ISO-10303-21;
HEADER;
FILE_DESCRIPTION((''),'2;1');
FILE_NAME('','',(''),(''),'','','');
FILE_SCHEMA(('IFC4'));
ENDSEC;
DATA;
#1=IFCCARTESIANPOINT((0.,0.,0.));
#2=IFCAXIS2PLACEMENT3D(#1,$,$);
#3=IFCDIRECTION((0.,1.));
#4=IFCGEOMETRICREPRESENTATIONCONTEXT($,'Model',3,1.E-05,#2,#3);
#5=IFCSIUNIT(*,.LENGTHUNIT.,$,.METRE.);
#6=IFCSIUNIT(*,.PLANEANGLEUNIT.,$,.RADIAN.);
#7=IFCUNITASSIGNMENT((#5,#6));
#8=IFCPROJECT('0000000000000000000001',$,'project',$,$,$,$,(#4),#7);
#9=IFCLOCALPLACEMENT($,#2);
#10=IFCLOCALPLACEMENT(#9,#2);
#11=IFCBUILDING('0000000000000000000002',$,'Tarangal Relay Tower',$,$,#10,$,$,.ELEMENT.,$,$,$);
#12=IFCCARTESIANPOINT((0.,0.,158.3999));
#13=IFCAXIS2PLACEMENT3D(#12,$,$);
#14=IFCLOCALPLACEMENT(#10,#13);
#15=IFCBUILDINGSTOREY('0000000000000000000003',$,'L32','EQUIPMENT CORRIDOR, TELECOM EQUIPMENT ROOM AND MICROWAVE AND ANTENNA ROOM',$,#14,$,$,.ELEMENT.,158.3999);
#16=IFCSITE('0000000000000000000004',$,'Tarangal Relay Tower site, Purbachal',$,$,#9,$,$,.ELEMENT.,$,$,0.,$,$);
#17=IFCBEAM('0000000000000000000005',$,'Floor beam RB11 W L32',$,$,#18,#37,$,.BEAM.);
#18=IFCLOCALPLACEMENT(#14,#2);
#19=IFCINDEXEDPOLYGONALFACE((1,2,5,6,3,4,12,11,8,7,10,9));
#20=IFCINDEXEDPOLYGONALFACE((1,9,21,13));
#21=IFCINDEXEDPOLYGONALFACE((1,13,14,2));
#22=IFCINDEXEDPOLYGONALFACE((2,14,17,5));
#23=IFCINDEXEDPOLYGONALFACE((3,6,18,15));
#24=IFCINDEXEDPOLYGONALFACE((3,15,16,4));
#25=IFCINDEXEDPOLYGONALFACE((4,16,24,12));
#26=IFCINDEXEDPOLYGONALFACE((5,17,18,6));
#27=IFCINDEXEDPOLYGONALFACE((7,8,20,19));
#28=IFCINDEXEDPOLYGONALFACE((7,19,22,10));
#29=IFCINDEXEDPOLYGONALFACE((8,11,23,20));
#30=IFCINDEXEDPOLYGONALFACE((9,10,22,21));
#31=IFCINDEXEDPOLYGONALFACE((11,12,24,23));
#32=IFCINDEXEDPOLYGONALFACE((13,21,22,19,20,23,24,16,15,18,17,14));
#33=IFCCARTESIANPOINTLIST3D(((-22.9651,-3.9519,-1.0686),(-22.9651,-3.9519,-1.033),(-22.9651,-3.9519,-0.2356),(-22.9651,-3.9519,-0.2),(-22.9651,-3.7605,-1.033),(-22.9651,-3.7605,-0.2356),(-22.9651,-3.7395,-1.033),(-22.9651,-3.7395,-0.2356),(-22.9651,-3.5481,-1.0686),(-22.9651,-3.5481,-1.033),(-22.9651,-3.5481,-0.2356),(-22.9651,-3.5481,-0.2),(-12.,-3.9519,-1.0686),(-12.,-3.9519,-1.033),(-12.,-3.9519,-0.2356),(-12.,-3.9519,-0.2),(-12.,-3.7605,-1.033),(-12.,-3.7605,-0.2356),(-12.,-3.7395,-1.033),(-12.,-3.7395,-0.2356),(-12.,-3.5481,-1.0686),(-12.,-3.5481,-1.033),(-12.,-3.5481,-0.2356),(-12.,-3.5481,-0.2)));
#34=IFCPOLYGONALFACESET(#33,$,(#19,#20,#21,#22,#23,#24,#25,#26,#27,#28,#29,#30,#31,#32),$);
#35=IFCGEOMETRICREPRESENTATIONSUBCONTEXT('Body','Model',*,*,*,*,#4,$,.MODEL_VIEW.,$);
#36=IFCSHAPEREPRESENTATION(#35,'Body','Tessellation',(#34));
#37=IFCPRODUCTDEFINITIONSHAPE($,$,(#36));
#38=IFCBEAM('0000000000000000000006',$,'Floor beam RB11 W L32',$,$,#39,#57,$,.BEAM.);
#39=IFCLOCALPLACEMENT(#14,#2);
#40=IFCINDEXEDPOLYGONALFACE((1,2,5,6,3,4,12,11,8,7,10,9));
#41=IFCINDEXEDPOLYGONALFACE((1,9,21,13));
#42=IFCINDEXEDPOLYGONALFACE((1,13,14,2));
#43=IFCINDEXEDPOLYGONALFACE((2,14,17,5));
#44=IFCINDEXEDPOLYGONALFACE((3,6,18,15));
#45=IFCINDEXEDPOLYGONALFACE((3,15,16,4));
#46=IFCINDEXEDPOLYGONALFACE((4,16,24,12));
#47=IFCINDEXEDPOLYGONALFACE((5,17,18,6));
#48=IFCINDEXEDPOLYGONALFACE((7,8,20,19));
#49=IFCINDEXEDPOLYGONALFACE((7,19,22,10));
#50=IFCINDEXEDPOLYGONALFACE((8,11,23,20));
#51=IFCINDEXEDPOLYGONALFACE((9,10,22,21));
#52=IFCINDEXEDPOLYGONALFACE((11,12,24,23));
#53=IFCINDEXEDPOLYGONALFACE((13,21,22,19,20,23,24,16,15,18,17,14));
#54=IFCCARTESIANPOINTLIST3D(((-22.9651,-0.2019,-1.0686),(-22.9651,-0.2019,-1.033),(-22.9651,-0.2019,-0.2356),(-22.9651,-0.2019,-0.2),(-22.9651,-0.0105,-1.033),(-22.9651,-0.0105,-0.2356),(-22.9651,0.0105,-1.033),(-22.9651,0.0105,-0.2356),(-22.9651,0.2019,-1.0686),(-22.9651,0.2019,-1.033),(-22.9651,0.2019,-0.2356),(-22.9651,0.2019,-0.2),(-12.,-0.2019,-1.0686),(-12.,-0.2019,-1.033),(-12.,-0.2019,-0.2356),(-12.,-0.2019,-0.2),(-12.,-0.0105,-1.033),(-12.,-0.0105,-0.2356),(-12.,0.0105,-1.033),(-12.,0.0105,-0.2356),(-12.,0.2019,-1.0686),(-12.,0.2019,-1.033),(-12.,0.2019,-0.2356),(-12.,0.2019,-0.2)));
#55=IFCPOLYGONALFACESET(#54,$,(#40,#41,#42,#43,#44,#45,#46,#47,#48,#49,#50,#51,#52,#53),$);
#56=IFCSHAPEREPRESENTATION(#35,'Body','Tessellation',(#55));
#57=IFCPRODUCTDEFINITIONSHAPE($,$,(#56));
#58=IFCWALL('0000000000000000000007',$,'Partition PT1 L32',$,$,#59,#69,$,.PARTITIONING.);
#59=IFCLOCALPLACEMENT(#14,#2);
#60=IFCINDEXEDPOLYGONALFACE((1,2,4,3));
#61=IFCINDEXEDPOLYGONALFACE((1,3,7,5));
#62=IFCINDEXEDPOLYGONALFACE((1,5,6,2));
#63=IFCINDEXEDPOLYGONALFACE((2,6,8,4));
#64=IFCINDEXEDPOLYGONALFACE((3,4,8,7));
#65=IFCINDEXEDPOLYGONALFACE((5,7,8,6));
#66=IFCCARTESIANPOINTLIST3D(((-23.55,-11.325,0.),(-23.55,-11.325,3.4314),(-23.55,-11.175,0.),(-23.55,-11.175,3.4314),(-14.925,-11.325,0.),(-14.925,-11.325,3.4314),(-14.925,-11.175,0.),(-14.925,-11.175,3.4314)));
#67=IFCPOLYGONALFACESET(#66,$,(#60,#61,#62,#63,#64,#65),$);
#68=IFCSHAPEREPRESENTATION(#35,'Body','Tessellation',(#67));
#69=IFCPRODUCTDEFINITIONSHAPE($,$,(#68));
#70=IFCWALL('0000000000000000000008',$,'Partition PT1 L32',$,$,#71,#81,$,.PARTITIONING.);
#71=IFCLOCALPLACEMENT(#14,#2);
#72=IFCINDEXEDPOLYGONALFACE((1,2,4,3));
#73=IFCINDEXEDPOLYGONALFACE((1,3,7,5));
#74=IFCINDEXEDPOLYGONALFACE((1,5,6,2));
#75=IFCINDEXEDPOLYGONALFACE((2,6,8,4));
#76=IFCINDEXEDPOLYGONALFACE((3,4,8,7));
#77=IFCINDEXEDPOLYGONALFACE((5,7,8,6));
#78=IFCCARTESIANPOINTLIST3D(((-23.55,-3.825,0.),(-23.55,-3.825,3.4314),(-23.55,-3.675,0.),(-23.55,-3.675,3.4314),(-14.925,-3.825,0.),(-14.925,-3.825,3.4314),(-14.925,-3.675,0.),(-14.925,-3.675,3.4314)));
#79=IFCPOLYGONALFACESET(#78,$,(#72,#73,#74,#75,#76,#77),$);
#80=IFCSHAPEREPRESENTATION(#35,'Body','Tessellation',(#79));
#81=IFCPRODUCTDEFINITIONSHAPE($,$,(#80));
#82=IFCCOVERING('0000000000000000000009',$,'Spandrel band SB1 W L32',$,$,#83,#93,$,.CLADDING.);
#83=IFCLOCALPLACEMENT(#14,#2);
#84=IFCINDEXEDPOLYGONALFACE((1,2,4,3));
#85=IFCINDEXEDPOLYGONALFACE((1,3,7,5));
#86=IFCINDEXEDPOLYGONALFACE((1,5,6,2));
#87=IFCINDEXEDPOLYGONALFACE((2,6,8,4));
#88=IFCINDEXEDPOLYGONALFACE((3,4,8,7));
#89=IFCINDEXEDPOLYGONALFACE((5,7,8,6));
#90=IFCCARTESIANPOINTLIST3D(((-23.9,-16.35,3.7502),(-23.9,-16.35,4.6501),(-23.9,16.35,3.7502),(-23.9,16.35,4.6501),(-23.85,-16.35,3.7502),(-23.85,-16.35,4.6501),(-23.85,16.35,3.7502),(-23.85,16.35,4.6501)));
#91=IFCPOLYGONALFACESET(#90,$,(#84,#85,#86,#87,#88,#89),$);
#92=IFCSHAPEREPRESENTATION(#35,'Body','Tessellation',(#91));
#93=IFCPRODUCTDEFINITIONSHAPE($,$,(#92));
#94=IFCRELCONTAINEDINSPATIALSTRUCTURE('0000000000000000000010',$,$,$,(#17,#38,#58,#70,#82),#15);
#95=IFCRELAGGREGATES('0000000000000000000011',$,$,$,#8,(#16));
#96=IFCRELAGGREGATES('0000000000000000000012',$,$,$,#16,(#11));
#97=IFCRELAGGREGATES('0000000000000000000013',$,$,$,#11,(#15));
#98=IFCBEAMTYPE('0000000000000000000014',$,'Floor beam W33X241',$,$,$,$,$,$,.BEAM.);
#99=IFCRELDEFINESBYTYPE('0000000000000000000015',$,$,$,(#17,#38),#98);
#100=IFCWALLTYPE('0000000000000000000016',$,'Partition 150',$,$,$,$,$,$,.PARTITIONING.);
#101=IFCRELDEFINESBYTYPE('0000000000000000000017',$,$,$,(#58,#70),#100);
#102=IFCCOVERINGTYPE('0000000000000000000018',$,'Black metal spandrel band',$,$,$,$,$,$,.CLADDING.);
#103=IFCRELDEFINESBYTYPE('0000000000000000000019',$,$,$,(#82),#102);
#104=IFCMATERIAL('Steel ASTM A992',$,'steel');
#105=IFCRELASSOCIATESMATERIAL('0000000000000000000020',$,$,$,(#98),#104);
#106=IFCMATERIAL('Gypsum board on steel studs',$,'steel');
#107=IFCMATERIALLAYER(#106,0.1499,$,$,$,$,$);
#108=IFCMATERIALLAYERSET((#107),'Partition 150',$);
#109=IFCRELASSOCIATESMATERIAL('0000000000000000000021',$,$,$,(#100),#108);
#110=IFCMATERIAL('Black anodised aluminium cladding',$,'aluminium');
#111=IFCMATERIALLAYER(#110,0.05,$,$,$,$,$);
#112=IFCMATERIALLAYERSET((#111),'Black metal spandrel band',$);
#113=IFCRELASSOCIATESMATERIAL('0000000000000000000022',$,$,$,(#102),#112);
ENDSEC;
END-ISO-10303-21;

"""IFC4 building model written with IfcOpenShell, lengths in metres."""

from ifc_helpers import new_model, si_unit, direction, frame, frame_2d, origin, origin_2d, place, context, subcontext, project, spatial, rectangle, i_section, extrude, material, layer, layer_set, material_profile, profile_set, type_object, element, save


model = new_model("IFC4")

# Units and contexts
model_context = context("Model", 3, precision=1e-05, world=origin(), true_north=direction((0.0, 1.0)))
body_context = subcontext(model_context, "Body", "Model", "MODEL_VIEW")
ifc_project = project(units=[si_unit("LENGTHUNIT", "METRE"), si_unit("PLANEANGLEUNIT", "RADIAN")], contexts=[model_context])

# Site, building, storey
site_placement = place(None, origin())
site = spatial("IfcSite", under=ifc_project, at=site_placement, Name="Tarangal Relay Tower site, Purbachal", CompositionType="ELEMENT", RefElevation=0.0)
building_placement = place(site_placement, origin())
building = spatial("IfcBuilding", under=site, at=building_placement, Name="Tarangal Relay Tower", CompositionType="ELEMENT")
storey_placement = place(building_placement, frame((0.0, 0.0, 158.3999)))
storey = spatial("IfcBuildingStorey", under=building, at=storey_placement, Name="L32", Description="EQUIPMENT CORRIDOR, TELECOM EQUIPMENT ROOM AND MICROWAVE AND ANTENNA ROOM", CompositionType="ELEMENT", Elevation=158.3999)

# Beams
ifc_material_1 = material(Name="Steel ASTM A992", Category="steel")
ifc_material_profile_1 = material_profile(ifc_material_1, i_section(OverallWidth=0.4038, OverallDepth=0.8687, WebThickness=0.021, FlangeThickness=0.0356, at=origin_2d()), Name="W33X241")
ifc_profile_set_1 = profile_set([ifc_material_profile_1], Name="Steel ASTM A992")
beam_type_1 = type_object("IfcBeamType", Name="Floor beam W33X241", PredefinedType="BEAM", material=ifc_profile_set_1)
for number, where, z_axis, x_axis, name in (
    (1, (-12.0, -3.75, -0.6343), (-1.0, 0.0, 0.0), (0.0, -1.0, 0.0), "Floor beam RB11 W L32"),
    (2, (-12.0, 0.0, -0.6343), (-1.0, 0.0, 0.0), (0.0, -1.0, 0.0), "Floor beam RB11 W L32"),
):
    element("IfcBeam", number, at=place(storey_placement, frame(where, z_axis=z_axis, x_axis=x_axis)), inside=storey, type_object=beam_type_1, Name=name, PredefinedType="BEAM", context=body_context, shape_type="SweptSolid", body=[
        extrude(i_section(OverallWidth=0.4038, OverallDepth=0.8687, WebThickness=0.021, FlangeThickness=0.0356, at=origin_2d()), origin(), (0.0, 0.0, 1.0), 10.9651),
    ])

# Walls
ifc_material_2 = material(Name="Gypsum board on steel studs", Category="steel")
ifc_layer_1 = layer(ifc_material_2, 0.1499)
ifc_layer_set_1 = layer_set([ifc_layer_1], Name="Partition 150")
wall_type = type_object("IfcWallType", Name="Partition 150", PredefinedType="PARTITIONING", material=ifc_layer_set_1)
for number, where, z_axis, x_axis, name in (
    (3, (-23.55, -11.25, 0.0), (0.0, 0.0, 1.0), (1.0, 0.0, 0.0), "Partition PT1 L32"),
    (4, (-23.55, -3.75, 0.0), (0.0, 0.0, 1.0), (1.0, 0.0, 0.0), "Partition PT1 L32"),
):
    element("IfcWall", number, at=place(storey_placement, frame(where, z_axis=z_axis, x_axis=x_axis)), inside=storey, type_object=wall_type, Name=name, PredefinedType="PARTITIONING", context=body_context, shape_type="SweptSolid", body=[
        extrude(rectangle(XDim=8.625, YDim=0.1499, at=frame_2d((4.3125, 0.0))), origin(), (0.0, 0.0, 1.0), 3.4314),
    ])

# Covering
ifc_material_3 = material(Name="Black anodised aluminium cladding", Category="aluminium")
ifc_layer_2 = layer(ifc_material_3, 0.05)
ifc_layer_set_2 = layer_set([ifc_layer_2], Name="Black metal spandrel band")
covering_type = type_object("IfcCoveringType", Name="Black metal spandrel band", PredefinedType="CLADDING", material=ifc_layer_set_2)
covering_placement = place(storey_placement, frame((-23.875, 0.0, 3.7502), z_axis=(0.0, 0.0, 1.0), x_axis=(0.0, 1.0, 0.0)))
element("IfcCovering", 5, at=covering_placement, inside=storey, type_object=covering_type, Name="Spandrel band SB1 W L32", PredefinedType="CLADDING", context=body_context, shape_type="SweptSolid", body=[
    extrude(rectangle(XDim=32.7, YDim=0.05, at=origin_2d()), origin(), (0.0, 0.0, 1.0), 0.8999),
])

save(model, "model.ifc")
